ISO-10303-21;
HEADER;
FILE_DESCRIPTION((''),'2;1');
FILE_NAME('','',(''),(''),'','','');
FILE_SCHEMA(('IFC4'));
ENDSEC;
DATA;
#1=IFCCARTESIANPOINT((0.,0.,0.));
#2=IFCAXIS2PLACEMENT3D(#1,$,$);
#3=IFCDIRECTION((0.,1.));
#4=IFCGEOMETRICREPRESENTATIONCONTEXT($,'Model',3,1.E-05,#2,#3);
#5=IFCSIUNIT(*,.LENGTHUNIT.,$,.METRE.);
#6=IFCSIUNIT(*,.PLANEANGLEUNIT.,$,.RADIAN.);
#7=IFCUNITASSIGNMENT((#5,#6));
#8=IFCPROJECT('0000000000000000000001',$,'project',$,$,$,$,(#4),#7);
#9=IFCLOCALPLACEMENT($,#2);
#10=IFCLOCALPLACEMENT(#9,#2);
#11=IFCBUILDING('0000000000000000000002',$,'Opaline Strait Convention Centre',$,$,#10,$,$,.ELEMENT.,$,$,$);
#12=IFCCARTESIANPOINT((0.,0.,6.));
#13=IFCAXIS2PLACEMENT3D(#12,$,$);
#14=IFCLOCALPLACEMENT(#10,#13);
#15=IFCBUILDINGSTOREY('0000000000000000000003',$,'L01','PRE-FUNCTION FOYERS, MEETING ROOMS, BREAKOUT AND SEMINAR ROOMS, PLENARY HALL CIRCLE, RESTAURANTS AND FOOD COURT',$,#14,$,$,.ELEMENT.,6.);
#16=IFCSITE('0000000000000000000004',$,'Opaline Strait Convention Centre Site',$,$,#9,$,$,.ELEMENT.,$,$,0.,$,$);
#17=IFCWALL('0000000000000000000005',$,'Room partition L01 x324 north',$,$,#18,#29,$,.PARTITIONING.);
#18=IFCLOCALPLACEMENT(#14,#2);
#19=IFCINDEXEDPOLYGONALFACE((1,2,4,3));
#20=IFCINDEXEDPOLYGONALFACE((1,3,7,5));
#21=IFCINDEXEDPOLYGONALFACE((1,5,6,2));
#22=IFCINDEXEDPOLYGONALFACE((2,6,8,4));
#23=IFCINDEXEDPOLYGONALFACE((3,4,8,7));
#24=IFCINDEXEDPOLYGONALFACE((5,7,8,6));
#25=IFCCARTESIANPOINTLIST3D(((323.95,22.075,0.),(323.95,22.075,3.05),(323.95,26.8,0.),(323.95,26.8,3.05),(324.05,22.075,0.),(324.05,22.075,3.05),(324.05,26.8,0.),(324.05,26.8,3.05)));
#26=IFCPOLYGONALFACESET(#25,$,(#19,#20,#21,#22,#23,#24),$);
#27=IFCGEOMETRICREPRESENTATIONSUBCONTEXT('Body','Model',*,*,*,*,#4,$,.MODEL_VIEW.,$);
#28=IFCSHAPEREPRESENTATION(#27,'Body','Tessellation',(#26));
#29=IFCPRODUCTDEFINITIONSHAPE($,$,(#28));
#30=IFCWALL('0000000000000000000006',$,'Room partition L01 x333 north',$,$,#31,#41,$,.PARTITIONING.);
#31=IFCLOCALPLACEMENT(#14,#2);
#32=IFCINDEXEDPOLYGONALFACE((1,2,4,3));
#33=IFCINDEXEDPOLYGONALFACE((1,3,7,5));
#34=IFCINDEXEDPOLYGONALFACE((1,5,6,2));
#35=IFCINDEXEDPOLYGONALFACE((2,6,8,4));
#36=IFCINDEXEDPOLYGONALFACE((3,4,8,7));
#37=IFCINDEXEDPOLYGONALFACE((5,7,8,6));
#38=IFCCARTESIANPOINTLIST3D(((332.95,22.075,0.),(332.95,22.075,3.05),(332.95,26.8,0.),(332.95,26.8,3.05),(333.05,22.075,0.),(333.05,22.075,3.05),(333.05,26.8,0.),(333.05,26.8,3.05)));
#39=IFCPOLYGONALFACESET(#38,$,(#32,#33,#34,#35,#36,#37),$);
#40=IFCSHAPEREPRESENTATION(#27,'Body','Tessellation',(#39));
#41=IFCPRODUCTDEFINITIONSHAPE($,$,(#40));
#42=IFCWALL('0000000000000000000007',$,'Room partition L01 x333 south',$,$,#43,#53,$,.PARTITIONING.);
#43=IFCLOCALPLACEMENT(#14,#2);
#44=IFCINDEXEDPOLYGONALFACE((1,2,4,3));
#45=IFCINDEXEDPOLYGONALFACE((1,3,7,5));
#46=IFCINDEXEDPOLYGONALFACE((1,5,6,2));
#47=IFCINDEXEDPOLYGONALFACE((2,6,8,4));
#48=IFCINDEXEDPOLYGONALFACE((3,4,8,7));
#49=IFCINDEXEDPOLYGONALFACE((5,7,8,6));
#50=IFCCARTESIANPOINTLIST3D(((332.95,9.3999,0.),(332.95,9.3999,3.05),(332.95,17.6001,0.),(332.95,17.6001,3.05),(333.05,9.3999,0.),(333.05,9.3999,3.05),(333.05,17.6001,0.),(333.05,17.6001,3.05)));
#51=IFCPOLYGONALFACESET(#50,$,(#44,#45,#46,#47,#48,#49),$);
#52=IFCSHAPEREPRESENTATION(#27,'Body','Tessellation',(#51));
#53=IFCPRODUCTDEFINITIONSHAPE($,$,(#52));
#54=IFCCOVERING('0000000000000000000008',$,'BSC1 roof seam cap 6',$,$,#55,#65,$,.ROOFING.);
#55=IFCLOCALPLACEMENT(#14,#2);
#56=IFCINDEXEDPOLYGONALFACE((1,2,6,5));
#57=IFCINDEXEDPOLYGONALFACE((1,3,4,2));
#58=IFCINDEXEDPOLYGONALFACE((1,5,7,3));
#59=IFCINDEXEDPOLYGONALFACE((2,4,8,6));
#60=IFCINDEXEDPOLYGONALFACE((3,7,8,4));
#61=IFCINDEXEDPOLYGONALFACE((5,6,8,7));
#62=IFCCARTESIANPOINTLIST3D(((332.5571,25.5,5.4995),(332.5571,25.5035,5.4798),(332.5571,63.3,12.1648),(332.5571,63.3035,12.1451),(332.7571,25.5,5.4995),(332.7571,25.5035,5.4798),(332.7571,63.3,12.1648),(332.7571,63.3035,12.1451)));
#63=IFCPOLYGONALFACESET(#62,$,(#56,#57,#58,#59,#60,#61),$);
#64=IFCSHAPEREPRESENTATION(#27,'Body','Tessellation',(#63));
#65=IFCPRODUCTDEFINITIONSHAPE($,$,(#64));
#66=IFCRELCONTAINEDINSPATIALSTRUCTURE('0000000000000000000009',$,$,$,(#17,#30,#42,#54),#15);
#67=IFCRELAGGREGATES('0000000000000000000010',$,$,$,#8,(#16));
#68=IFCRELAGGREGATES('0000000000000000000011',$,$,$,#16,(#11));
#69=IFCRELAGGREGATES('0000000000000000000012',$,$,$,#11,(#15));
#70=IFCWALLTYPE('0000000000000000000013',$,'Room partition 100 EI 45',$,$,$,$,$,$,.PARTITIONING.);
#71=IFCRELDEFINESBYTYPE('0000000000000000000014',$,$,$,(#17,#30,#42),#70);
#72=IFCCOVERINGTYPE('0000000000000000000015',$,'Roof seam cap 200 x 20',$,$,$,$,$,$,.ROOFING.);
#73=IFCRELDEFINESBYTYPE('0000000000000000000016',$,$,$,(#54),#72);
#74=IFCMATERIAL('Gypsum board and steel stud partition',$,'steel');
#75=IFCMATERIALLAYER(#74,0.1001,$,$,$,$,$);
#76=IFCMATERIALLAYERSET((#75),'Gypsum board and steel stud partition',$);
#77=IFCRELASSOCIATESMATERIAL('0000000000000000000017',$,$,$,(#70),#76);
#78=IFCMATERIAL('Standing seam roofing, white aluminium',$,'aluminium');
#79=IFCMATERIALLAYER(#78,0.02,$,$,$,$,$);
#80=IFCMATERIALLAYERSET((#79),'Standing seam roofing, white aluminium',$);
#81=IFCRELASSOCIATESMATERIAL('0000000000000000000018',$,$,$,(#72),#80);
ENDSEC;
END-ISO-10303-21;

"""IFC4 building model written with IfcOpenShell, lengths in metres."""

from ifc_helpers import new_model, si_unit, direction, frame, frame_2d, origin, place, context, subcontext, project, spatial, polyline, rectangle, outline, extrude, material, layer, layer_set, type_object, element, save


model = new_model("IFC4")

# Units and contexts
model_context = context("Model", 3, precision=1e-05, world=origin(), true_north=direction((0.0, 1.0)))
body_context = subcontext(model_context, "Body", "Model", "MODEL_VIEW")
ifc_project = project(units=[si_unit("LENGTHUNIT", "METRE"), si_unit("PLANEANGLEUNIT", "RADIAN")], contexts=[model_context])

# Site, building, storey
site_placement = place(None, origin())
site = spatial("IfcSite", under=ifc_project, at=site_placement, Name="Opaline Strait Convention Centre Site", CompositionType="ELEMENT", RefElevation=0.0)
building_placement = place(site_placement, origin())
building = spatial("IfcBuilding", under=site, at=building_placement, Name="Opaline Strait Convention Centre", CompositionType="ELEMENT")
storey_placement = place(building_placement, frame((0.0, 0.0, 6.0)))
storey = spatial("IfcBuildingStorey", under=building, at=storey_placement, Name="L01", Description="PRE-FUNCTION FOYERS, MEETING ROOMS, BREAKOUT AND SEMINAR ROOMS, PLENARY HALL CIRCLE, RESTAURANTS AND FOOD COURT", CompositionType="ELEMENT", Elevation=6.0)

# Shared definitions
ifc_material_1 = material(Name="Gypsum board and steel stud partition", Category="steel")

# Walls
ifc_layer_1 = layer(ifc_material_1, 0.1001)
ifc_layer_set_1 = layer_set([ifc_layer_1], Name="Gypsum board and steel stud partition")
wall_type_1 = type_object("IfcWallType", Name="Room partition 100 EI 45", PredefinedType="PARTITIONING", material=ifc_layer_set_1)
for number, where, z_axis, x_axis, name in (
    (1, (324.0, 22.075, 0.0), (0.0, 0.0, 1.0), (0.0, 1.0, 0.0), "Room partition L01 x324 north"),
    (2, (333.0, 22.075, 0.0), (0.0, 0.0, 1.0), (0.0, 1.0, 0.0), "Room partition L01 x333 north"),
):
    element("IfcWall", number, at=place(storey_placement, frame(where, z_axis=z_axis, x_axis=x_axis)), inside=storey, type_object=wall_type_1, Name=name, PredefinedType="PARTITIONING", context=body_context, shape_type="SweptSolid", body=[
        extrude(rectangle(XDim=4.7251, YDim=0.1001, at=frame_2d((2.3625, 0.0))), origin(), (0.0, 0.0, 1.0), 3.05),
    ])
wall_1_placement = place(storey_placement, frame((333.0, 9.3999, 0.0), z_axis=(0.0, 0.0, 1.0), x_axis=(0.0, 1.0, 0.0)))
element("IfcWall", 3, at=wall_1_placement, inside=storey, type_object=wall_type_1, Name="Room partition L01 x333 south", PredefinedType="PARTITIONING", context=body_context, shape_type="SweptSolid", body=[
    extrude(rectangle(XDim=8.2002, YDim=0.1001, at=frame_2d((4.1001, 0.0))), origin(), (0.0, 0.0, 1.0), 3.05),
])

# Covering
ifc_material_2 = material(Name="Standing seam roofing, white aluminium", Category="aluminium")
ifc_layer_2 = layer(ifc_material_2, 0.02)
ifc_layer_set_2 = layer_set([ifc_layer_2], Name="Standing seam roofing, white aluminium")
covering_type = type_object("IfcCoveringType", Name="Roof seam cap 200 x 20", PredefinedType="ROOFING", material=ifc_layer_set_2)
covering_placement = place(storey_placement, frame((332.5571, 25.5, 5.4995), z_axis=(0.0, -0.173651, 0.984807), x_axis=(1.0, 0.0, 0.0)))
element("IfcCovering", 4, at=covering_placement, inside=storey, type_object=covering_type, Name="BSC1 roof seam cap 6", PredefinedType="ROOFING", context=body_context, shape_type="SweptSolid", body=[
    extrude(outline(polyline([(0.0, 0.0), (0.2, 0.0), (0.2, 38.3832), (0.0, 38.3832), (0.0, 0.0)])), origin(), (0.0, 0.0, -1.0), 0.02),
])

save(model, "model.ifc")
